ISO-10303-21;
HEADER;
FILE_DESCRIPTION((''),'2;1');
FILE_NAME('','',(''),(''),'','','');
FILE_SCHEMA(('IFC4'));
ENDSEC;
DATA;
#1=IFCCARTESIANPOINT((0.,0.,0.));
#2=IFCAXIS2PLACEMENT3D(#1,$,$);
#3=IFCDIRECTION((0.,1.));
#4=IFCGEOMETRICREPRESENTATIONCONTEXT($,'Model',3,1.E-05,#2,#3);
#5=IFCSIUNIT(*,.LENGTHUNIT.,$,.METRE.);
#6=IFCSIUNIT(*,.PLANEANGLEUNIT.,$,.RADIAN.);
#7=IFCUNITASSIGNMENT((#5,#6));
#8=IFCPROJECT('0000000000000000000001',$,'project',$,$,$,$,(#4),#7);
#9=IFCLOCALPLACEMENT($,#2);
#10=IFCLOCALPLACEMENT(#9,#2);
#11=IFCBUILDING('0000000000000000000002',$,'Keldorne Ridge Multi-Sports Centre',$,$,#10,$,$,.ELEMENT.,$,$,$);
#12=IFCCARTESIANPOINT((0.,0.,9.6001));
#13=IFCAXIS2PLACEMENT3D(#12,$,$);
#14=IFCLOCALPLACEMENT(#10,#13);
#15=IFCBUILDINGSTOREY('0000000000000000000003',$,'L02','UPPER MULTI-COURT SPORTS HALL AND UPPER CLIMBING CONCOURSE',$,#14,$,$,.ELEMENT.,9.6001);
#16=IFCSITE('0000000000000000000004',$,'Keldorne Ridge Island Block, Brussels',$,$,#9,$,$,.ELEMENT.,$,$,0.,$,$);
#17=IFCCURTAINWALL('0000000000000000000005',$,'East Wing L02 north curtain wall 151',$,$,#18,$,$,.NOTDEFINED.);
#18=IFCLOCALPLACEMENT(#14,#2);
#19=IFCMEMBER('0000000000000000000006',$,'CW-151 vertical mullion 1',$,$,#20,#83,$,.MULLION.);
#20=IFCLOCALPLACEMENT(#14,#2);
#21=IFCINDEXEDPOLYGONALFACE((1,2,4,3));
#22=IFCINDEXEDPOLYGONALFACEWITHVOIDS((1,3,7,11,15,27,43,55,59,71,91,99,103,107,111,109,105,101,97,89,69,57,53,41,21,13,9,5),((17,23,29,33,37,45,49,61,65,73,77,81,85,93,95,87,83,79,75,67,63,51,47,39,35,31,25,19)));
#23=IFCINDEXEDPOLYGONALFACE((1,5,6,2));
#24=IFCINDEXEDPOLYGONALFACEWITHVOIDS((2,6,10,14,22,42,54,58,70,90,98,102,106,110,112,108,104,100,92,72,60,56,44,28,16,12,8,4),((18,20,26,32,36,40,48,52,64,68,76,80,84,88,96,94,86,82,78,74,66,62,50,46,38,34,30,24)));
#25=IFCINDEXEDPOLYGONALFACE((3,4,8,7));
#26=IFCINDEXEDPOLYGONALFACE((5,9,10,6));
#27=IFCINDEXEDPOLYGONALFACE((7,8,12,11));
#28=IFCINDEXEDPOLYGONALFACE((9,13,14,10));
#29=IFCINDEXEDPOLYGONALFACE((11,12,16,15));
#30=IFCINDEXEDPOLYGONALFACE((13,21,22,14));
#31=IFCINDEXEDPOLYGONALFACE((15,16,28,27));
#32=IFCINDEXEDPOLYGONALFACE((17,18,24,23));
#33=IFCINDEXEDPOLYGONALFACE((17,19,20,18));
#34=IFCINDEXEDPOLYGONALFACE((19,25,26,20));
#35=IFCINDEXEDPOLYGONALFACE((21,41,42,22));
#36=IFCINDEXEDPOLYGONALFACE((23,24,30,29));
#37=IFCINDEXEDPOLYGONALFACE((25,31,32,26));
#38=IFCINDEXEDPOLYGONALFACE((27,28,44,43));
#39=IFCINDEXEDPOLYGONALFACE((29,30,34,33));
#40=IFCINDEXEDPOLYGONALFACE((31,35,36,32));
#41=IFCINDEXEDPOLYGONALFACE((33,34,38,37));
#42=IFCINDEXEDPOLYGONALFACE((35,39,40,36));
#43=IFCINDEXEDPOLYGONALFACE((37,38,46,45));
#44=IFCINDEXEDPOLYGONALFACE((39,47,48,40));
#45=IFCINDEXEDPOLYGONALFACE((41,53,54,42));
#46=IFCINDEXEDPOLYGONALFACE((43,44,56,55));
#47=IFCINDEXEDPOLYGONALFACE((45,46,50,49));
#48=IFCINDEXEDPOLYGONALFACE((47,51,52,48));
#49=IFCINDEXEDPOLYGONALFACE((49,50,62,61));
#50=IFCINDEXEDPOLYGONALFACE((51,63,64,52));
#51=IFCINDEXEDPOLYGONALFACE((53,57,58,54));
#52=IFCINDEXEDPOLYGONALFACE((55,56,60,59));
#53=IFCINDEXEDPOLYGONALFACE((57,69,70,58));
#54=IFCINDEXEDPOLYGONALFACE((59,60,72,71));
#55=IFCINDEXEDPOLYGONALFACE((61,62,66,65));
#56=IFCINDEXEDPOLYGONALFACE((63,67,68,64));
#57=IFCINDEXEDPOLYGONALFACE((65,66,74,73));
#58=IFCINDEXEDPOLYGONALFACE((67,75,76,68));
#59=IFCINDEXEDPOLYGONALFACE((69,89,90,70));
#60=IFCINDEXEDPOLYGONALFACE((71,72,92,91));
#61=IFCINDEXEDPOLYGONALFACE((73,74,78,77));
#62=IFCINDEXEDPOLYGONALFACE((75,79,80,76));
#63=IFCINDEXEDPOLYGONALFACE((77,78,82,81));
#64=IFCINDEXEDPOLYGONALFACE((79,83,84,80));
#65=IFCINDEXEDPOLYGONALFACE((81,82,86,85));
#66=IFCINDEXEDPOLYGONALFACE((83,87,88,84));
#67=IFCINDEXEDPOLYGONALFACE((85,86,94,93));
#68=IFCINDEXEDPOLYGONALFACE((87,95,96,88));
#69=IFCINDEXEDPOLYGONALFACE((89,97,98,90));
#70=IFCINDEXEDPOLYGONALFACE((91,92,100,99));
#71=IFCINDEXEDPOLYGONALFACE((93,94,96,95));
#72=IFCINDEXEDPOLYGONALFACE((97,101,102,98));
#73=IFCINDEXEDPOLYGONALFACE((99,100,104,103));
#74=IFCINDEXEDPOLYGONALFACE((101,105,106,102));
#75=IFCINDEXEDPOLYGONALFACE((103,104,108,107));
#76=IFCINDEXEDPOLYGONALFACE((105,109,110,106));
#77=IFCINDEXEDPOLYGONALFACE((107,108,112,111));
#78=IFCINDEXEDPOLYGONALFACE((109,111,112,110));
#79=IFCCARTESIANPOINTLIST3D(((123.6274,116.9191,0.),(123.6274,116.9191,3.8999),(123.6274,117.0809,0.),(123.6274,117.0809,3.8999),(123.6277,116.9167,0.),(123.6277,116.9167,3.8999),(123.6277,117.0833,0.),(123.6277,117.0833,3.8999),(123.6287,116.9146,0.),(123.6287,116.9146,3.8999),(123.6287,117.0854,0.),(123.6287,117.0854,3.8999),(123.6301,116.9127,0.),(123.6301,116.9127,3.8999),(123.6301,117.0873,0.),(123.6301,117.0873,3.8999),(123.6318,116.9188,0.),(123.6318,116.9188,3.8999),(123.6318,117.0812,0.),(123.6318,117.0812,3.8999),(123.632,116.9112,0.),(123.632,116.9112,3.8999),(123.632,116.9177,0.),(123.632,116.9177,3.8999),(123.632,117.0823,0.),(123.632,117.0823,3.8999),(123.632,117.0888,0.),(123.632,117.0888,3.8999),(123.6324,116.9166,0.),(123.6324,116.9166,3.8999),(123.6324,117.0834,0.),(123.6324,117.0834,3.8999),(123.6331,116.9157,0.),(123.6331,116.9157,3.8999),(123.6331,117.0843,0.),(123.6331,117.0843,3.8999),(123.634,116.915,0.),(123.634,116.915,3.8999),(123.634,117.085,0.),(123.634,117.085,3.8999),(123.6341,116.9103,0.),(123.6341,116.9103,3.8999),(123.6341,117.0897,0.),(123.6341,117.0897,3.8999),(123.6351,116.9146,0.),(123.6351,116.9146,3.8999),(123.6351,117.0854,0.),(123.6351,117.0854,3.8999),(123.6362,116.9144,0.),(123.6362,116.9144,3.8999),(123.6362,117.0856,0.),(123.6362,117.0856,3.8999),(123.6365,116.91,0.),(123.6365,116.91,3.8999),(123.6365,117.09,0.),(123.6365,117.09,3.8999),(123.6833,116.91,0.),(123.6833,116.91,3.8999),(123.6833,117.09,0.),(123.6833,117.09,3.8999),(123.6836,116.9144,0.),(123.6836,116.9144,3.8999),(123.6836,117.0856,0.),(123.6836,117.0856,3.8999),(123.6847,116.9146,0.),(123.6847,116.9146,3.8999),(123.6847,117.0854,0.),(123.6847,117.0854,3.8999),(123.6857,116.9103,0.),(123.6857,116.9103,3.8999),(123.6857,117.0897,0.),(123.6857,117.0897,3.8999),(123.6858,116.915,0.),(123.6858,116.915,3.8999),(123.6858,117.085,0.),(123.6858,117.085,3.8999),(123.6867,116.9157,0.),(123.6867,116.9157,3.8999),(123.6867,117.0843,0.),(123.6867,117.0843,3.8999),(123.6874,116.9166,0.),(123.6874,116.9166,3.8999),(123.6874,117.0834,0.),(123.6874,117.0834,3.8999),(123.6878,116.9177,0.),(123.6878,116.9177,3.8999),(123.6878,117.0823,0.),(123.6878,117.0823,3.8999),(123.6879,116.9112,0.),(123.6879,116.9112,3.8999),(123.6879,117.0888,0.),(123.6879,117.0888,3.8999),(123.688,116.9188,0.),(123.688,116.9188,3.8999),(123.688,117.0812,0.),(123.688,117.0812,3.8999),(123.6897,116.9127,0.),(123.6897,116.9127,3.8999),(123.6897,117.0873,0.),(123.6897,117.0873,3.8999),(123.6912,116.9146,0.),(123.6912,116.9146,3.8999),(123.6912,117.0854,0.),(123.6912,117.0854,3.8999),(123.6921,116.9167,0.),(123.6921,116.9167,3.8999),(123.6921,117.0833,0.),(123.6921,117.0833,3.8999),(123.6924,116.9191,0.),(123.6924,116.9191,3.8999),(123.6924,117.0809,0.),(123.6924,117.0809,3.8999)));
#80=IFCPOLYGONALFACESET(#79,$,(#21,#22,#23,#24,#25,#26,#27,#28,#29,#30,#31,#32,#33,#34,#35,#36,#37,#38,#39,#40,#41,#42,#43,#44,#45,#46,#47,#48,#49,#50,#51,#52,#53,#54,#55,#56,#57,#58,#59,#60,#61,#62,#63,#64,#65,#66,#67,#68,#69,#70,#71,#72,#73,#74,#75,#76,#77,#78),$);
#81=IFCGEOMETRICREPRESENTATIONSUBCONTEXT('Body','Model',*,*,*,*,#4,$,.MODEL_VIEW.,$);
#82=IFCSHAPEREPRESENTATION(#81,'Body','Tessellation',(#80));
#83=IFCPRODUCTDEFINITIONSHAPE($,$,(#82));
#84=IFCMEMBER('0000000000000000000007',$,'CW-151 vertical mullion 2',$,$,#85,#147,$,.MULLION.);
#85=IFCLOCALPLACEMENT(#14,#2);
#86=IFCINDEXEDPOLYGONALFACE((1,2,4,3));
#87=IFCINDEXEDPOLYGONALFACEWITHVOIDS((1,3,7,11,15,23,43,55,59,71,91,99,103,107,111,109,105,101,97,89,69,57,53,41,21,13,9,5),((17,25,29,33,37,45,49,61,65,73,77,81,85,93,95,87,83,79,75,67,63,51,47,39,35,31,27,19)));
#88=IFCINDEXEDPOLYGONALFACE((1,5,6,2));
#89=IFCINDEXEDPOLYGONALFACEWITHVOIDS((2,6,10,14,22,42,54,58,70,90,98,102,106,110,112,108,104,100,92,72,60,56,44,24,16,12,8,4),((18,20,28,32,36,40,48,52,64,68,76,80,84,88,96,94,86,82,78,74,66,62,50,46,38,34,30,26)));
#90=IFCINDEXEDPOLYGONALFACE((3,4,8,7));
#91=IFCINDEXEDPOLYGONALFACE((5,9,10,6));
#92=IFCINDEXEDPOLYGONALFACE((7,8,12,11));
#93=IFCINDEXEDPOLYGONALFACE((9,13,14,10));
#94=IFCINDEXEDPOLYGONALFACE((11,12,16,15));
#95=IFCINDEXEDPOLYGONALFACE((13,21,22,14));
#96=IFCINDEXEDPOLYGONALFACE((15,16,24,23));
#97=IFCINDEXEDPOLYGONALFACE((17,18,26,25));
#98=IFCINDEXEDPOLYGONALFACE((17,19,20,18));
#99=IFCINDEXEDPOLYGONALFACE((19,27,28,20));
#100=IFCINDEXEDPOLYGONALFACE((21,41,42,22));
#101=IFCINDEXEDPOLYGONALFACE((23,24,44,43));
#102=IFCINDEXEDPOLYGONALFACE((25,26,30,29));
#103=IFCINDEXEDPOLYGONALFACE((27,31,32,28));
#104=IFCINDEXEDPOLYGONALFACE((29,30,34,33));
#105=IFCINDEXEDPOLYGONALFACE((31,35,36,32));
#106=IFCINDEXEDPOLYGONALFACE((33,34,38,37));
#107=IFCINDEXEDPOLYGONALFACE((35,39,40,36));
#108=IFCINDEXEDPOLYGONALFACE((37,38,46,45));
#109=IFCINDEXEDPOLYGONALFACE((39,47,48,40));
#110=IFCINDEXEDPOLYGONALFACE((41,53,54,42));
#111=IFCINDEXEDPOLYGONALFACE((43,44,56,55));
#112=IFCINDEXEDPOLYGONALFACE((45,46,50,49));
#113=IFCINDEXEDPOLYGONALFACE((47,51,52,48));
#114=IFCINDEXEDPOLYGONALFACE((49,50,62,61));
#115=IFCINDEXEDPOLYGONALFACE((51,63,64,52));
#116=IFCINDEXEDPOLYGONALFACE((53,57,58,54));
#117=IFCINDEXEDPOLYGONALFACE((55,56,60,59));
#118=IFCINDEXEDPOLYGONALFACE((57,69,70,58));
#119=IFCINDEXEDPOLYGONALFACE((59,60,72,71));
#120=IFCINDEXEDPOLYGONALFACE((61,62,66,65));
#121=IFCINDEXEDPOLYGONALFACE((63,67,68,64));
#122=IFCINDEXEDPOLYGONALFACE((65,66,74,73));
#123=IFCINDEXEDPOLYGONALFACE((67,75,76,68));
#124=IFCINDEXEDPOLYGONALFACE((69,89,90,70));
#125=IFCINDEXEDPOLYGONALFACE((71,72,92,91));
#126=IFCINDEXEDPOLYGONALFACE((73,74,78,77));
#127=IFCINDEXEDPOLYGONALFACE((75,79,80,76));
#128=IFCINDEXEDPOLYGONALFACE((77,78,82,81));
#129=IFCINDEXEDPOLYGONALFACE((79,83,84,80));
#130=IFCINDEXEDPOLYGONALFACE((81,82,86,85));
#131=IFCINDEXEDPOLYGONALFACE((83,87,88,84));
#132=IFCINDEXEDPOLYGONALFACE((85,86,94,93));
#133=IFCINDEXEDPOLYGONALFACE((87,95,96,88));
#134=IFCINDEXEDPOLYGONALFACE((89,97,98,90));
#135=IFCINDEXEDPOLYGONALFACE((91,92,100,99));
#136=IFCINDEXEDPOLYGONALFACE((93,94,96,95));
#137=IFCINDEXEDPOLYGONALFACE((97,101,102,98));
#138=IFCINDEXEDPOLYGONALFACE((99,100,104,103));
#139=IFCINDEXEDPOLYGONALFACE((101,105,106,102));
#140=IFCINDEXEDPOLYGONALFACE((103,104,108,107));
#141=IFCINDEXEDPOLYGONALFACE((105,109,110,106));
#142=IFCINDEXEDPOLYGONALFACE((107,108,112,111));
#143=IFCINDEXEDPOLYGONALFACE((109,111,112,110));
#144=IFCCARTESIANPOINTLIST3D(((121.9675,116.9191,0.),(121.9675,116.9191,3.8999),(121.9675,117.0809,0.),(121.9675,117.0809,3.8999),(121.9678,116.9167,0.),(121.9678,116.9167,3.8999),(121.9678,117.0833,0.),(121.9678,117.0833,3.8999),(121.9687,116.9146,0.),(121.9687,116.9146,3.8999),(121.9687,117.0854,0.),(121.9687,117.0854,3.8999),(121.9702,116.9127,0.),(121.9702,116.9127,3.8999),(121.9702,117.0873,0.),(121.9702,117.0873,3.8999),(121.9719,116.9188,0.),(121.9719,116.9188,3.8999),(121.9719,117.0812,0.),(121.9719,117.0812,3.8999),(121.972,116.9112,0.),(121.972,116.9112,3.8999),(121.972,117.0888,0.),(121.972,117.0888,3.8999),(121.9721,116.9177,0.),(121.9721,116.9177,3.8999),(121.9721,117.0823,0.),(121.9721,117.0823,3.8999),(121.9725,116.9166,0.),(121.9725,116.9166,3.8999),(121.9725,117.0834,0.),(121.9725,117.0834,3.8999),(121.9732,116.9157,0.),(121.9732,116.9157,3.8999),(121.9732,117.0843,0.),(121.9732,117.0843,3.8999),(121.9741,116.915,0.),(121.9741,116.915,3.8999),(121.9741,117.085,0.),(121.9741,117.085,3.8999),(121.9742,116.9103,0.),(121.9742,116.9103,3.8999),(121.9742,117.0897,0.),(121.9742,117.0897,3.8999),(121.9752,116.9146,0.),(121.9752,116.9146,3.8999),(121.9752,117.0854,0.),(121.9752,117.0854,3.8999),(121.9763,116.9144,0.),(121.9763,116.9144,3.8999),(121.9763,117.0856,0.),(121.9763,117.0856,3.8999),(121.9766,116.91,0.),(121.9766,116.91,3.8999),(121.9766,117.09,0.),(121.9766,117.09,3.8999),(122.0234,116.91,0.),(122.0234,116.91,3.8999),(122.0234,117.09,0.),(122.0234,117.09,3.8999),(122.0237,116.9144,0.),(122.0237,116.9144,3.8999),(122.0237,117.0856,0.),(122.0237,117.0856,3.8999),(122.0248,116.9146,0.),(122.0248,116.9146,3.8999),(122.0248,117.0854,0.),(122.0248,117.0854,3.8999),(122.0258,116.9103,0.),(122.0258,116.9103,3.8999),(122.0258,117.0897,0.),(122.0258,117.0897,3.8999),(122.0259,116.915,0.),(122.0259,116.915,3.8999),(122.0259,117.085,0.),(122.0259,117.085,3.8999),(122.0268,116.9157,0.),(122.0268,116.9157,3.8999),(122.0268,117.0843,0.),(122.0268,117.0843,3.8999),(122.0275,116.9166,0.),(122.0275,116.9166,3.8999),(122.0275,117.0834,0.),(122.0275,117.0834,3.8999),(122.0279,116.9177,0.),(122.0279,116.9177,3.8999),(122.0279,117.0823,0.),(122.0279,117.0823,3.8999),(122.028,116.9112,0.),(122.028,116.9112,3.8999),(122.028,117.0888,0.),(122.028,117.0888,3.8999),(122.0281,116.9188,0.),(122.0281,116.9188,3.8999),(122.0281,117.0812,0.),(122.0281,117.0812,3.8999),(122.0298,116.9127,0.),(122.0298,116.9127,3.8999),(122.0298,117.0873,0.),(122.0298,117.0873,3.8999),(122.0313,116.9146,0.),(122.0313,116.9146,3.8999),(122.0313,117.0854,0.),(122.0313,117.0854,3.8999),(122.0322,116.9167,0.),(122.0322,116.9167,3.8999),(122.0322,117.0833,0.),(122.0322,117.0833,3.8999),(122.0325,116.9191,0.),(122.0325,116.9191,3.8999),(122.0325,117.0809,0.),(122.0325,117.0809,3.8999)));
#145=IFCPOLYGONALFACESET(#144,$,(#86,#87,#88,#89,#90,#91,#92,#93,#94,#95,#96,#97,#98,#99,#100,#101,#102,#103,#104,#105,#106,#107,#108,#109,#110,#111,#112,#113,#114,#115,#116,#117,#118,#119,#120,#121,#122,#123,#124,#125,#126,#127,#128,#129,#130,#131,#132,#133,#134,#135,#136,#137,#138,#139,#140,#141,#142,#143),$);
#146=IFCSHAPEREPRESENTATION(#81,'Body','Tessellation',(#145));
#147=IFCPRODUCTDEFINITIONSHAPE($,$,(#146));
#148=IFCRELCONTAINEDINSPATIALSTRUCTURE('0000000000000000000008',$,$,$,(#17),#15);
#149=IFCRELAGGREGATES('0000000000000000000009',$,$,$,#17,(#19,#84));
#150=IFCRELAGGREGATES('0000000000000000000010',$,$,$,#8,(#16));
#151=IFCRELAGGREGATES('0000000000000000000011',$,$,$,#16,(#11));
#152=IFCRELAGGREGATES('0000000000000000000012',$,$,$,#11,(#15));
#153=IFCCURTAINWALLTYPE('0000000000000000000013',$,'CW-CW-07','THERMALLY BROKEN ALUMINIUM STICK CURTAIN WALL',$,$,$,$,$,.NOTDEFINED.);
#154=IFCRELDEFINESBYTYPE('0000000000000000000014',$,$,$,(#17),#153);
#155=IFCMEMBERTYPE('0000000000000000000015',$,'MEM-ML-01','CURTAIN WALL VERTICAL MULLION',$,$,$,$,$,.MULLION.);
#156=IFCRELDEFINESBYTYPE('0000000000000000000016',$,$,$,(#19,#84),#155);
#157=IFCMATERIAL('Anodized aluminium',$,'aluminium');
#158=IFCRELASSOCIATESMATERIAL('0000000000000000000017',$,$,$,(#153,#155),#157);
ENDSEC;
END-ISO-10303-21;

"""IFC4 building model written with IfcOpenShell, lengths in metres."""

from ifc_helpers import new_model, si_unit, direction, frame, origin, origin_2d, place, context, subcontext, project, spatial, hollow_rectangle, extrude, material, material_profile, profile_set, type_object, element, aggregate, save


model = new_model("IFC4")

# Units and contexts
model_context = context("Model", 3, precision=1e-05, world=origin(), true_north=direction((0.0, 1.0)))
body_context = subcontext(model_context, "Body", "Model", "MODEL_VIEW")
ifc_project = project(units=[si_unit("LENGTHUNIT", "METRE"), si_unit("PLANEANGLEUNIT", "RADIAN")], contexts=[model_context])

# Site, building, storey
site_placement = place(None, origin())
site = spatial("IfcSite", under=ifc_project, at=site_placement, Name="Keldorne Ridge Island Block, Brussels", CompositionType="ELEMENT", RefElevation=0.0)
building_placement = place(site_placement, origin())
building = spatial("IfcBuilding", under=site, at=building_placement, Name="Keldorne Ridge Multi-Sports Centre", CompositionType="ELEMENT")
storey_placement = place(building_placement, frame((0.0, 0.0, 9.6001)))
storey = spatial("IfcBuildingStorey", under=building, at=storey_placement, Name="L02", Description="UPPER MULTI-COURT SPORTS HALL AND UPPER CLIMBING CONCOURSE", CompositionType="ELEMENT", Elevation=9.6001)

# Curtain wall, members
ifc_material_1 = material(Name="Anodized aluminium", Category="aluminium")
curtain_wall_type = type_object("IfcCurtainWallType", Name="CW-CW-07", Description="THERMALLY BROKEN ALUMINIUM STICK CURTAIN WALL", PredefinedType="NOTDEFINED", material=ifc_material_1)
curtain_wall_placement = place(storey_placement, origin())
curtain_wall = element("IfcCurtainWall", 1, at=curtain_wall_placement, inside=storey, type_object=curtain_wall_type, Name="East Wing L02 north curtain wall 151", PredefinedType="NOTDEFINED")
ifc_material_profile_1 = material_profile(ifc_material_1, hollow_rectangle(XDim=0.0649, YDim=0.1799, WallThickness=0.0044, InnerFilletRadius=0.0044, OuterFilletRadius=0.009, at=origin_2d()), Name="ALU MULLION 180x65x4.5")
ifc_profile_set_1 = profile_set([ifc_material_profile_1], Name="Anodized aluminium")
member_type_1 = type_object("IfcMemberType", Name="MEM-ML-01", Description="CURTAIN WALL VERTICAL MULLION", PredefinedType="MULLION", material=ifc_profile_set_1)
member_1_placement = place(storey_placement, frame((123.6599, 117.0, 0.0), z_axis=(0.0, 0.0, 1.0), x_axis=(1.0, 0.0, 0.0)))
member_1 = element("IfcMember", 2, at=member_1_placement, type_object=member_type_1, Name="CW-151 vertical mullion 1", PredefinedType="MULLION", context=body_context, shape_type="SweptSolid", body=[
    extrude(hollow_rectangle(XDim=0.0649, YDim=0.1799, WallThickness=0.0044, InnerFilletRadius=0.0044, OuterFilletRadius=0.009, at=origin_2d()), origin(), (0.0, 0.0, 1.0), 3.8999),
])
member_2_placement = place(storey_placement, frame((122.0, 117.0, 0.0), z_axis=(0.0, 0.0, 1.0), x_axis=(1.0, 0.0, 0.0)))
member_2 = element("IfcMember", 3, at=member_2_placement, type_object=member_type_1, Name="CW-151 vertical mullion 2", PredefinedType="MULLION", context=body_context, shape_type="SweptSolid", body=[
    extrude(hollow_rectangle(XDim=0.0649, YDim=0.1799, WallThickness=0.0044, InnerFilletRadius=0.0044, OuterFilletRadius=0.009, at=origin_2d()), origin(), (0.0, 0.0, 1.0), 3.8999),
])
aggregate(curtain_wall, [member_1, member_2])

save(model, "model.ifc")
